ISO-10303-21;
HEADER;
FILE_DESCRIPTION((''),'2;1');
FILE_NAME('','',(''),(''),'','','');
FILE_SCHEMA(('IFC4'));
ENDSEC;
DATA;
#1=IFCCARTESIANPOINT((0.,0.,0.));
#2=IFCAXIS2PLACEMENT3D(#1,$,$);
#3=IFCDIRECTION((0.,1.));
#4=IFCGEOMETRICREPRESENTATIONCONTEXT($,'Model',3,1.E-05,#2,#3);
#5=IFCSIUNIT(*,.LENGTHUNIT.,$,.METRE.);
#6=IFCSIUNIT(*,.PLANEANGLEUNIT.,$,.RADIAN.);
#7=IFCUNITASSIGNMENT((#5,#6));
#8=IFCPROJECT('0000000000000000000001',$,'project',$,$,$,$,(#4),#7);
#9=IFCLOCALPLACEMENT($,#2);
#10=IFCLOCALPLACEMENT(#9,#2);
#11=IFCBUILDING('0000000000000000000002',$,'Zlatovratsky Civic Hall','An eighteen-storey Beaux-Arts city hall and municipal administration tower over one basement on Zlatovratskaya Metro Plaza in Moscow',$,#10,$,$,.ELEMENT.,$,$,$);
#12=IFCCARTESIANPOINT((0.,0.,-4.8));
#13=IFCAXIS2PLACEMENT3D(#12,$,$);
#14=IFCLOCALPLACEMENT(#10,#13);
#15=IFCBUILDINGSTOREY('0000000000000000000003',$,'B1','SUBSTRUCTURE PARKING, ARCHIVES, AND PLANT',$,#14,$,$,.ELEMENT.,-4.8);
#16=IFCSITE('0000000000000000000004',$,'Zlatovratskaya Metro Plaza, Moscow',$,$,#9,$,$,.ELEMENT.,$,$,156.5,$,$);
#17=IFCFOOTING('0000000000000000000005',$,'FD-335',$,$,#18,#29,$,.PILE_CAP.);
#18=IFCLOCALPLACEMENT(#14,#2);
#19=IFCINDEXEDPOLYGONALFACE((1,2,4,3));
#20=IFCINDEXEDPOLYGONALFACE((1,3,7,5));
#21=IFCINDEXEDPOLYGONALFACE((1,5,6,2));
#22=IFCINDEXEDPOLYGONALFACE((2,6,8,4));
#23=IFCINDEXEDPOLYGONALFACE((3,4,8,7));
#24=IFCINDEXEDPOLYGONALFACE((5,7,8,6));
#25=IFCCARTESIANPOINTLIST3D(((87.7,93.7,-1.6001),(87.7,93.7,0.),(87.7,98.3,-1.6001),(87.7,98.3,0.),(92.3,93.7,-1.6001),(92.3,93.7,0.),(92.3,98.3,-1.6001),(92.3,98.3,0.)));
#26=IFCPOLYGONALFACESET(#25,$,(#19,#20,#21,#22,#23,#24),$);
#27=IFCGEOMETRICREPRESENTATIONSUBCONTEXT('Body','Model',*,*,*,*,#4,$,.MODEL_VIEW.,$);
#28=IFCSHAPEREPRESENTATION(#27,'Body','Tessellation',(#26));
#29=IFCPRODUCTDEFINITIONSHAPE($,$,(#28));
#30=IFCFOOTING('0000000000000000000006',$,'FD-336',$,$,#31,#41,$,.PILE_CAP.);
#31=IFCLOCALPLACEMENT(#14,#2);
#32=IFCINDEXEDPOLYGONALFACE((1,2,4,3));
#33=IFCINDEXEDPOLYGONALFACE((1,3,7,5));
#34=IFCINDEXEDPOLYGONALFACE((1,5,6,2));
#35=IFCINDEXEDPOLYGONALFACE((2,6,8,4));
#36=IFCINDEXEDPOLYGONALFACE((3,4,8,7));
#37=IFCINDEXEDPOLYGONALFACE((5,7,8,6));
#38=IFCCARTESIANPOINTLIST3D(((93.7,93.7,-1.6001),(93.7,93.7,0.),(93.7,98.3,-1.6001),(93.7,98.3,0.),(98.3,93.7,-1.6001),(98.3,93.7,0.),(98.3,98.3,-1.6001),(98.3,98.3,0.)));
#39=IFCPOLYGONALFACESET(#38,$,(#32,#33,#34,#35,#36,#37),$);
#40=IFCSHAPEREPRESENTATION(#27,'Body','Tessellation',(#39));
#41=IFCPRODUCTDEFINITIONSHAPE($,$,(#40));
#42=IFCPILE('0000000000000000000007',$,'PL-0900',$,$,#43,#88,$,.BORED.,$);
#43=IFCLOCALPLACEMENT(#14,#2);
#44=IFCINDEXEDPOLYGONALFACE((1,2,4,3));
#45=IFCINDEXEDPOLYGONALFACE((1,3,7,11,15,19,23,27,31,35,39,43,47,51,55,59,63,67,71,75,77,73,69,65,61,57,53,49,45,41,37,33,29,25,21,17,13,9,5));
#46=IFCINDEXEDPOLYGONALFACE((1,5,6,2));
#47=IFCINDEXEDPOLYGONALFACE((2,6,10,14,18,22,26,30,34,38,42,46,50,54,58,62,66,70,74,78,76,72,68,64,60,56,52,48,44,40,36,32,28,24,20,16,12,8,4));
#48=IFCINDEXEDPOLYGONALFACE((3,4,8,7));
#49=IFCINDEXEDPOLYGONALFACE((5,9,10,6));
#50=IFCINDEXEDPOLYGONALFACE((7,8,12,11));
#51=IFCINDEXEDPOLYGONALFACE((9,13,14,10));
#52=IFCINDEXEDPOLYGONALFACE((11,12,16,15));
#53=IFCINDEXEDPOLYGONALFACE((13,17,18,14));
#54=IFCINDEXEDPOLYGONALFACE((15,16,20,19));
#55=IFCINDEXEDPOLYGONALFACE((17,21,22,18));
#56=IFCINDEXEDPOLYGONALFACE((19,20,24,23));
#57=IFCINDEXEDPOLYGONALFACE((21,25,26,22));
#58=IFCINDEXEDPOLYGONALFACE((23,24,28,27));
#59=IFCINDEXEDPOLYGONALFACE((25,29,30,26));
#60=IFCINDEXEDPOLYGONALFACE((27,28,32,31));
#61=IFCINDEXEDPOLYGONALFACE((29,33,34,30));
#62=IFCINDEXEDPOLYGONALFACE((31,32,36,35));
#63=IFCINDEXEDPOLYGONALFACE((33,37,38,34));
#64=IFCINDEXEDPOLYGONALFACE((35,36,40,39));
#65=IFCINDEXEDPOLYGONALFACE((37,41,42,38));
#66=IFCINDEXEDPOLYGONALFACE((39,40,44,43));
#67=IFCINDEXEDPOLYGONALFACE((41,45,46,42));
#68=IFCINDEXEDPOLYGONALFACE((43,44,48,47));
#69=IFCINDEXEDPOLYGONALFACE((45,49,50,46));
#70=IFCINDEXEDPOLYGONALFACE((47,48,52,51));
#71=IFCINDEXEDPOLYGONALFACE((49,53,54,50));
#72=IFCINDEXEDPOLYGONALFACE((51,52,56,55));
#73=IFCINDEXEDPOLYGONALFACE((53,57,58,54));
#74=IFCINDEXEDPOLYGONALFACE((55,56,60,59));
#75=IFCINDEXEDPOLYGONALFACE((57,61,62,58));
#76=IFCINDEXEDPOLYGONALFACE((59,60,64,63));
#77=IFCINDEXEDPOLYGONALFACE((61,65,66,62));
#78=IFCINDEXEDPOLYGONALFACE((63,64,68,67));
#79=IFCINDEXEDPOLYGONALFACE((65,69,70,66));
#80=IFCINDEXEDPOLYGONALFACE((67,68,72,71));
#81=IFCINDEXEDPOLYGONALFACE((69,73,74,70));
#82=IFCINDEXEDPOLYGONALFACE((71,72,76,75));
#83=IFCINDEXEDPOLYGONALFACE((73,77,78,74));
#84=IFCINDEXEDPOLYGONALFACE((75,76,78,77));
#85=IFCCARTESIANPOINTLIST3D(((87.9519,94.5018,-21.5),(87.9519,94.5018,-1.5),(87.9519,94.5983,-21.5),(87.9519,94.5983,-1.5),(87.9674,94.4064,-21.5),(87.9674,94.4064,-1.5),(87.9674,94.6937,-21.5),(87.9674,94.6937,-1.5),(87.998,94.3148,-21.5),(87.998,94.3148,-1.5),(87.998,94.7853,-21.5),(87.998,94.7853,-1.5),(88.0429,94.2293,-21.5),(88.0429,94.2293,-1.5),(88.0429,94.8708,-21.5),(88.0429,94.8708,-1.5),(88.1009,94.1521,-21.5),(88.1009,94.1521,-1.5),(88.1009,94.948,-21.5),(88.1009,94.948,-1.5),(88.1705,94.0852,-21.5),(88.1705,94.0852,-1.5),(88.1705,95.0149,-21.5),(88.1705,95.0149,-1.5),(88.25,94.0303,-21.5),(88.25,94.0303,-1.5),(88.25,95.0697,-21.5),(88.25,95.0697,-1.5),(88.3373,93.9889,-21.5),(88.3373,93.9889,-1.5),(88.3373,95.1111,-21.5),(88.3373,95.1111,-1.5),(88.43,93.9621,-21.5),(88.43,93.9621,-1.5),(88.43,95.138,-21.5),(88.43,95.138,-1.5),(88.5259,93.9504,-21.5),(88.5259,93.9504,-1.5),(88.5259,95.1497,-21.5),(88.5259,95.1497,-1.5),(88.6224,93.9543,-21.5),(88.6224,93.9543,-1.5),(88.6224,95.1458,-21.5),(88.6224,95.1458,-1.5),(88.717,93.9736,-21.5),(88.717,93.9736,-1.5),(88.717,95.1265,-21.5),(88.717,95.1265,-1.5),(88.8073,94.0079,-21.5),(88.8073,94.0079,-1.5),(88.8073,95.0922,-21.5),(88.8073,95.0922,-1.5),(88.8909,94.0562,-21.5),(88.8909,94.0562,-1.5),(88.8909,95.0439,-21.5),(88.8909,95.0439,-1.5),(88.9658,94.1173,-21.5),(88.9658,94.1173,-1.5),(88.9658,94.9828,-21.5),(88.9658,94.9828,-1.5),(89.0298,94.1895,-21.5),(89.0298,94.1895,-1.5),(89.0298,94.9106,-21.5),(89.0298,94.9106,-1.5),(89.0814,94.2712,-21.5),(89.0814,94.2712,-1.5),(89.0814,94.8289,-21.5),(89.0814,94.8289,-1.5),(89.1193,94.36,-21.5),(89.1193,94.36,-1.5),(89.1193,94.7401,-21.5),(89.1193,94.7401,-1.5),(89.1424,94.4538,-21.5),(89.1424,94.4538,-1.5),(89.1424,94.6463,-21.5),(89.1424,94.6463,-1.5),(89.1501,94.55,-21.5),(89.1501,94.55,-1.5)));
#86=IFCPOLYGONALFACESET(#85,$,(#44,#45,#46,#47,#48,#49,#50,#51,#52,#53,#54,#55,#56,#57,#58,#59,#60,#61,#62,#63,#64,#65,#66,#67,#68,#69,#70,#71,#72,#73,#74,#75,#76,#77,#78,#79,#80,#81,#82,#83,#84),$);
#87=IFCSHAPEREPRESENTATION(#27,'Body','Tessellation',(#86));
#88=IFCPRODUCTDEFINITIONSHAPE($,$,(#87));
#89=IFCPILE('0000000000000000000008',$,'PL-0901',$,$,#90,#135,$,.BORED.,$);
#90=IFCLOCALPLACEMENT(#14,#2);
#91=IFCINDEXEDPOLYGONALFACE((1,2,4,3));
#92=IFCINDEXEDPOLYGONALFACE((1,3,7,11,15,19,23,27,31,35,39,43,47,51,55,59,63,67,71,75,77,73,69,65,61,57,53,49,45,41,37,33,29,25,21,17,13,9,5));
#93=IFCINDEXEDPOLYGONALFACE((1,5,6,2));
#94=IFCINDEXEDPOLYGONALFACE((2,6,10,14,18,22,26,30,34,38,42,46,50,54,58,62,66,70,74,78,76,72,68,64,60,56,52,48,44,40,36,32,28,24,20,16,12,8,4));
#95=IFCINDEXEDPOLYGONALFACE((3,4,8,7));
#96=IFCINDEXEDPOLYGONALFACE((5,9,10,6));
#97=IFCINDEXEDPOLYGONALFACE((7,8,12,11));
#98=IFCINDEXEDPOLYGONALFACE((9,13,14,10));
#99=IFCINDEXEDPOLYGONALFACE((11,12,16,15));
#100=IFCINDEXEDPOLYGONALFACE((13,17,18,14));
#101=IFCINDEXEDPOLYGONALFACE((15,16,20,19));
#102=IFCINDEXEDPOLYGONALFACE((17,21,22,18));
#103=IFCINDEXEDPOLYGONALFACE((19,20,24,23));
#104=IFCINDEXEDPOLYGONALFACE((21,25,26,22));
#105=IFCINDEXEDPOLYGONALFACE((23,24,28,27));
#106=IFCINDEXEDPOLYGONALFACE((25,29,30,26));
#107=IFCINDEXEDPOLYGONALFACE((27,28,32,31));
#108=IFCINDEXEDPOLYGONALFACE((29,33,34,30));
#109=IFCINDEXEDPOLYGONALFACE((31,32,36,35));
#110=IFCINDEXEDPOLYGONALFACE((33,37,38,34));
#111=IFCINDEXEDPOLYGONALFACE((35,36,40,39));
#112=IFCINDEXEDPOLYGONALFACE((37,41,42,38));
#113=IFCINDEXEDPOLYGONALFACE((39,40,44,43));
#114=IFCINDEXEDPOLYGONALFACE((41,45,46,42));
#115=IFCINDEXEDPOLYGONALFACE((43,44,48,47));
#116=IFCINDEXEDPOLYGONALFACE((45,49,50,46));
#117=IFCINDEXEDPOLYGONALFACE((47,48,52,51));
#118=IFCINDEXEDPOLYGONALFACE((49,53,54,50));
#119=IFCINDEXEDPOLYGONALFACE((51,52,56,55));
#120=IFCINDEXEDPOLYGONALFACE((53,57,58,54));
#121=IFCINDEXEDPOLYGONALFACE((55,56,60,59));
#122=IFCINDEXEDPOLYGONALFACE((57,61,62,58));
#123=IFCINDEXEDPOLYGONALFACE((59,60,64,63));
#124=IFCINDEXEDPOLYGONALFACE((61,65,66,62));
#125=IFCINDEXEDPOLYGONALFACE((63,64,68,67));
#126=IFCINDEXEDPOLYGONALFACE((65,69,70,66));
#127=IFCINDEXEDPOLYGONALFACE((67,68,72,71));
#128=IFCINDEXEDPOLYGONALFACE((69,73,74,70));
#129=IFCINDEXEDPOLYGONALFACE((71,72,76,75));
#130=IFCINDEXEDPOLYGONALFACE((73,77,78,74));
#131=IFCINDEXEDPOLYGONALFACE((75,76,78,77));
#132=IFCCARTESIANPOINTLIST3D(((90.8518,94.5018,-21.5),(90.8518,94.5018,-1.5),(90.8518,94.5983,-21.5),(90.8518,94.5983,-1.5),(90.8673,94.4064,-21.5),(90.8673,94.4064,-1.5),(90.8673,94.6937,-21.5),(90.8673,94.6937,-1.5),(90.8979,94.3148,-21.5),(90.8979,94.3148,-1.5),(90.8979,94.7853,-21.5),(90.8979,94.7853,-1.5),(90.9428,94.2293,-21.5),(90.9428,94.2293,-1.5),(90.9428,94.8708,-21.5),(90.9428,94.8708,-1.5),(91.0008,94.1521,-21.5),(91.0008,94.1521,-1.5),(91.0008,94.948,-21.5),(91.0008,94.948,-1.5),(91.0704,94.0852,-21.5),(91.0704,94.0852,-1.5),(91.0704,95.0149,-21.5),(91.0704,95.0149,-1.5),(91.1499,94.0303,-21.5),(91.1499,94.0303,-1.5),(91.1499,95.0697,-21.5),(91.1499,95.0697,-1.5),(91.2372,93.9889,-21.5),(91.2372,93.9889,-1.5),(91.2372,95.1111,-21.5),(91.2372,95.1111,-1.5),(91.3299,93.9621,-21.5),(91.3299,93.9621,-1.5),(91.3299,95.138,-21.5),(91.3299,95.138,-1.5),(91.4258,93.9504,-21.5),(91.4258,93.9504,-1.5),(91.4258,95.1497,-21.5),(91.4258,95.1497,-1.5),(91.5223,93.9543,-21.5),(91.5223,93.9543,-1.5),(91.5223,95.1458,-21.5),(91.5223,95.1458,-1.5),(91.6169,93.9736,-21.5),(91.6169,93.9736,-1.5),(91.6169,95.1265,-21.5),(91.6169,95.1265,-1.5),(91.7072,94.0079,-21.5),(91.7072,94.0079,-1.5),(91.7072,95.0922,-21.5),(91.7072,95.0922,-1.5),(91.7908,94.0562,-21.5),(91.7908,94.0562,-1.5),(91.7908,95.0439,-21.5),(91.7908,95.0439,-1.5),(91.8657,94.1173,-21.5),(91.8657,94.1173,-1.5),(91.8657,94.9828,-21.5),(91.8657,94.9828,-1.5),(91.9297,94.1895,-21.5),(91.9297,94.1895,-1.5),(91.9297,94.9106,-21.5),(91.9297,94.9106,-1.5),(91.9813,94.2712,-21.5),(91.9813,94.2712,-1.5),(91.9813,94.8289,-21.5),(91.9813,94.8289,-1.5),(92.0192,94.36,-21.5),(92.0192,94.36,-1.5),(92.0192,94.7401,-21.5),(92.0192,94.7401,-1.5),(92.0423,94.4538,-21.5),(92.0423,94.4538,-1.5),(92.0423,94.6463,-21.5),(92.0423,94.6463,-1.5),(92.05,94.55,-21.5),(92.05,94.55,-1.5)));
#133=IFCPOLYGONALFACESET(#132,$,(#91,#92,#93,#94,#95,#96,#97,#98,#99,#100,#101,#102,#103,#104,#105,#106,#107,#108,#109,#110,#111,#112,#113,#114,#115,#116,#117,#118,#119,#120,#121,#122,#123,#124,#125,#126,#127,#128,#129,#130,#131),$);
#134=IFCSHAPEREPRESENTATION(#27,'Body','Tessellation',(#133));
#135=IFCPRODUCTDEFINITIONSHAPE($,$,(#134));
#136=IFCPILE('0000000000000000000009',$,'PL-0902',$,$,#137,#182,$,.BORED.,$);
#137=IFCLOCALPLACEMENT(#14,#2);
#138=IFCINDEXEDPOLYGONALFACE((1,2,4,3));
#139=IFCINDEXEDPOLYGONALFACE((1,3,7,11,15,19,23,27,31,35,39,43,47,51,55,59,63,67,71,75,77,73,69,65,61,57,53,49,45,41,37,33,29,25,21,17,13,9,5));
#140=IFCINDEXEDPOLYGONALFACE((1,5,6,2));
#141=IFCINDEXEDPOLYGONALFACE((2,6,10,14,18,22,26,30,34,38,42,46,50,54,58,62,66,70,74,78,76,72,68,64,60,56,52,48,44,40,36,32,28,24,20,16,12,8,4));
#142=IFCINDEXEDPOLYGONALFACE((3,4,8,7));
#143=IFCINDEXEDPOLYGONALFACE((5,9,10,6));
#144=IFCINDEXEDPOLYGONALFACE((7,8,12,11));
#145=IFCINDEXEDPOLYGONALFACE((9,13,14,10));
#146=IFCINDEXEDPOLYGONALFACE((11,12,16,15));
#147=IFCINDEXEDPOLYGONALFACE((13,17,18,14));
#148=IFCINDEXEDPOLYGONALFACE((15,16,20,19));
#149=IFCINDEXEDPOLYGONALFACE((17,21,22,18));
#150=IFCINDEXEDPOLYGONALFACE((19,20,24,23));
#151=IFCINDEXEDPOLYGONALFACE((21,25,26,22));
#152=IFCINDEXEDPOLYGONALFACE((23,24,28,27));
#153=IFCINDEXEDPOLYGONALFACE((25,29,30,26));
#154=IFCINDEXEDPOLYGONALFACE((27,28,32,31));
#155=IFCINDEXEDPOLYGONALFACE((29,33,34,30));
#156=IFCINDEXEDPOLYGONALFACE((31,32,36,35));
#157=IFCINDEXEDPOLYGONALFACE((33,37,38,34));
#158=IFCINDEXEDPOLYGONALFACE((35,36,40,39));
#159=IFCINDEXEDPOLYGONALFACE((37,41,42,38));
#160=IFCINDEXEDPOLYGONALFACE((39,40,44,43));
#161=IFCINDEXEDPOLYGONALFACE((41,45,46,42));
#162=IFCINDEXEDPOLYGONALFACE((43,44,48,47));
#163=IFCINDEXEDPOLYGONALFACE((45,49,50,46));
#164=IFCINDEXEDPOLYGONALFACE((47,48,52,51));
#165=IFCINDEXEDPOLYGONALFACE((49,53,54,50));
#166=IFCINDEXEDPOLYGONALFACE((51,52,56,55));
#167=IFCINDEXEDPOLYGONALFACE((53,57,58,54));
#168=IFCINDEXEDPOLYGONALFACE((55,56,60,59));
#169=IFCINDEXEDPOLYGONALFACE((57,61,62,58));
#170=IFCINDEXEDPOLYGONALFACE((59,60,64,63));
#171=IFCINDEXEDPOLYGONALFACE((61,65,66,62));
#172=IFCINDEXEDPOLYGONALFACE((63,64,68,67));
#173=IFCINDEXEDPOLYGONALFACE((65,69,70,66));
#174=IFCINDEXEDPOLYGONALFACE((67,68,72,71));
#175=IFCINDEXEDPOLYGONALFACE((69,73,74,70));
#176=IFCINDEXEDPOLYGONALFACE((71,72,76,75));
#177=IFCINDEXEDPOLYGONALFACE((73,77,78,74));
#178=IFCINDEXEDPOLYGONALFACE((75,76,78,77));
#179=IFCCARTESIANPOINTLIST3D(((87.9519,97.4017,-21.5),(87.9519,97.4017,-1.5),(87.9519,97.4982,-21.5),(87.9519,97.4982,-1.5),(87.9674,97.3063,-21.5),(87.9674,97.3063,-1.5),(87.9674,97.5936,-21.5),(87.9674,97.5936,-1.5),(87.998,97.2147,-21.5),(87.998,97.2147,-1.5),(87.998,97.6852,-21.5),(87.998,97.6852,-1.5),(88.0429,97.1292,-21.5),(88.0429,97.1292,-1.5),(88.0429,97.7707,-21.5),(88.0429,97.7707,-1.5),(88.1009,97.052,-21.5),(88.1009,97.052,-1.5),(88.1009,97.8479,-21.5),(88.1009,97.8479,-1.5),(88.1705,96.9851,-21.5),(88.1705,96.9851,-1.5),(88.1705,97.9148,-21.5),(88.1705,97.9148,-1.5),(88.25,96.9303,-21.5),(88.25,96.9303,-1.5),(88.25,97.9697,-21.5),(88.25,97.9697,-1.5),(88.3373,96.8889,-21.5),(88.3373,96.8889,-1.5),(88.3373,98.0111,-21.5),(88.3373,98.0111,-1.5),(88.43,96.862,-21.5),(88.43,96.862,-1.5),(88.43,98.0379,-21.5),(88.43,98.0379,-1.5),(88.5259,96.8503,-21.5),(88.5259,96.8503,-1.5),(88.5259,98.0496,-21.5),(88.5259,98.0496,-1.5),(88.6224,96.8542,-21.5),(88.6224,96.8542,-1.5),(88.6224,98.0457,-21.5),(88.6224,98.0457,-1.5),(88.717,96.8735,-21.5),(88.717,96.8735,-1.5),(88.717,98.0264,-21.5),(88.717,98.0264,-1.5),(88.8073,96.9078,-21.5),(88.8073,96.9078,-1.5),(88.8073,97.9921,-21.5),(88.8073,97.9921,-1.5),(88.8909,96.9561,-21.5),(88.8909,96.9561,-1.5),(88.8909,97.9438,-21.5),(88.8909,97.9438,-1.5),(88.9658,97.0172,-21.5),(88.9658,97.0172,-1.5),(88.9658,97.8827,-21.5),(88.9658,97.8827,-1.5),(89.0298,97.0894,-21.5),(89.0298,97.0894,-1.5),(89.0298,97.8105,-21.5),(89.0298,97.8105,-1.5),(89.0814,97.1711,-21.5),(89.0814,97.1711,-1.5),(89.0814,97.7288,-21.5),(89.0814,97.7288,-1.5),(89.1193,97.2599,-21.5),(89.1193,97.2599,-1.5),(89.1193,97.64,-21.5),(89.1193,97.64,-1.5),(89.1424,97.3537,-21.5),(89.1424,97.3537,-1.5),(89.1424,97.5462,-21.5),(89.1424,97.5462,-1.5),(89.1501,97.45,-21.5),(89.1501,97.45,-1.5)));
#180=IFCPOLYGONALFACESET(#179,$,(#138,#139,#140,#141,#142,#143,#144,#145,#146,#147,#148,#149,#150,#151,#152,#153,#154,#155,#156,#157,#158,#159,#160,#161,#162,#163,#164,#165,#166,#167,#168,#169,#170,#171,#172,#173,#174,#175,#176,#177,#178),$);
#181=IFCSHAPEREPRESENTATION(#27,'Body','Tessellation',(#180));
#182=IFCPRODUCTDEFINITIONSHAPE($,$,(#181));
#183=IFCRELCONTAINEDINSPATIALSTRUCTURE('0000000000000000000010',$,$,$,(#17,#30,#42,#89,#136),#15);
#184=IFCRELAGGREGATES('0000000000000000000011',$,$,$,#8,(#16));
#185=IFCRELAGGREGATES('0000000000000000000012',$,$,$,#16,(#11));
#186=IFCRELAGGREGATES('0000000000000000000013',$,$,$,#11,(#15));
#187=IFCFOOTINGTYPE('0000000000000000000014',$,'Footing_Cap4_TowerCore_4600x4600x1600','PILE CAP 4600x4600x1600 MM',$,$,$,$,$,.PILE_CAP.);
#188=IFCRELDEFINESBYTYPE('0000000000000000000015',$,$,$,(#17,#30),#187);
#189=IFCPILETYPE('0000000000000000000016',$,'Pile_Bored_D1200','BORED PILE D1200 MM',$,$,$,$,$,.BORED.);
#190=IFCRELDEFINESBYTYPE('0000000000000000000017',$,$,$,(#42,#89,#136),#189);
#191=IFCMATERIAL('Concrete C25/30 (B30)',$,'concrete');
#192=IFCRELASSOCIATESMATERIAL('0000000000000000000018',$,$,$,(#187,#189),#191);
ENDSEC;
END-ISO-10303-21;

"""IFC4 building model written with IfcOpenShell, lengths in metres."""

from ifc_helpers import new_model, si_unit, direction, frame, origin, origin_2d, place, context, subcontext, project, spatial, rectangle, circle, extrude, material, material_profile, profile_set, type_object, element, save


model = new_model("IFC4")

# Units and contexts
model_context = context("Model", 3, precision=1e-05, world=origin(), true_north=direction((0.0, 1.0)))
body_context = subcontext(model_context, "Body", "Model", "MODEL_VIEW")
ifc_project = project(units=[si_unit("LENGTHUNIT", "METRE"), si_unit("PLANEANGLEUNIT", "RADIAN")], contexts=[model_context])

# Site, building, storey
site_placement = place(None, origin())
site = spatial("IfcSite", under=ifc_project, at=site_placement, Name="Zlatovratskaya Metro Plaza, Moscow", CompositionType="ELEMENT", RefElevation=156.5)
building_placement = place(site_placement, origin())
building = spatial("IfcBuilding", under=site, at=building_placement, Name="Zlatovratsky Civic Hall", Description="An eighteen-storey Beaux-Arts city hall and municipal administration tower over one basement on Zlatovratskaya Metro Plaza in Moscow", CompositionType="ELEMENT")
storey_placement = place(building_placement, frame((0.0, 0.0, -4.8)))
storey = spatial("IfcBuildingStorey", under=building, at=storey_placement, Name="B1", Description="SUBSTRUCTURE PARKING, ARCHIVES, AND PLANT", CompositionType="ELEMENT", Elevation=-4.8)

# Footings
ifc_material_1 = material(Name="Concrete C25/30 (B30)", Category="concrete")
footing_type = type_object("IfcFootingType", Name="Footing_Cap4_TowerCore_4600x4600x1600", Description="PILE CAP 4600x4600x1600 MM", PredefinedType="PILE_CAP", material=ifc_material_1)
for number, where, z_axis, x_axis, name in (
    (1, (90.0, 96.0, -1.6001), (0.0, 0.0, 1.0), (1.0, 0.0, 0.0), "FD-335"),
    (2, (96.0, 96.0, -1.6001), (0.0, 0.0, 1.0), (1.0, 0.0, 0.0), "FD-336"),
):
    element("IfcFooting", number, at=place(storey_placement, frame(where, z_axis=z_axis, x_axis=x_axis)), inside=storey, type_object=footing_type, Name=name, PredefinedType="PILE_CAP", context=body_context, shape_type="SweptSolid", body=[
        extrude(rectangle(XDim=4.6001, YDim=4.6001, at=origin_2d()), origin(), (0.0, 0.0, 1.0), 1.6001),
    ])

# Piles
ifc_material_profile_1 = material_profile(ifc_material_1, circle(Radius=0.6001, at=origin_2d()), Name="PILE D1200")
ifc_profile_set_1 = profile_set([ifc_material_profile_1], Name="Concrete C25/30 (B30)")
pile_type = type_object("IfcPileType", Name="Pile_Bored_D1200", Description="BORED PILE D1200 MM", PredefinedType="BORED", material=ifc_profile_set_1)
for number, where, z_axis, x_axis, name in (
    (3, (88.55, 94.55, -1.5), (0.0, 0.0, -1.0), (1.0, 0.0, 0.0), "PL-0900"),
    (4, (91.45, 94.55, -1.5), (0.0, 0.0, -1.0), (1.0, 0.0, 0.0), "PL-0901"),
    (5, (88.55, 97.45, -1.5), (0.0, 0.0, -1.0), (1.0, 0.0, 0.0), "PL-0902"),
):
    element("IfcPile", number, at=place(storey_placement, frame(where, z_axis=z_axis, x_axis=x_axis)), inside=storey, type_object=pile_type, Name=name, PredefinedType="BORED", context=body_context, shape_type="SweptSolid", body=[
        extrude(circle(Radius=0.6001, at=origin_2d()), origin(), (0.0, 0.0, 1.0), 20.0),
    ])

save(model, "model.ifc")
